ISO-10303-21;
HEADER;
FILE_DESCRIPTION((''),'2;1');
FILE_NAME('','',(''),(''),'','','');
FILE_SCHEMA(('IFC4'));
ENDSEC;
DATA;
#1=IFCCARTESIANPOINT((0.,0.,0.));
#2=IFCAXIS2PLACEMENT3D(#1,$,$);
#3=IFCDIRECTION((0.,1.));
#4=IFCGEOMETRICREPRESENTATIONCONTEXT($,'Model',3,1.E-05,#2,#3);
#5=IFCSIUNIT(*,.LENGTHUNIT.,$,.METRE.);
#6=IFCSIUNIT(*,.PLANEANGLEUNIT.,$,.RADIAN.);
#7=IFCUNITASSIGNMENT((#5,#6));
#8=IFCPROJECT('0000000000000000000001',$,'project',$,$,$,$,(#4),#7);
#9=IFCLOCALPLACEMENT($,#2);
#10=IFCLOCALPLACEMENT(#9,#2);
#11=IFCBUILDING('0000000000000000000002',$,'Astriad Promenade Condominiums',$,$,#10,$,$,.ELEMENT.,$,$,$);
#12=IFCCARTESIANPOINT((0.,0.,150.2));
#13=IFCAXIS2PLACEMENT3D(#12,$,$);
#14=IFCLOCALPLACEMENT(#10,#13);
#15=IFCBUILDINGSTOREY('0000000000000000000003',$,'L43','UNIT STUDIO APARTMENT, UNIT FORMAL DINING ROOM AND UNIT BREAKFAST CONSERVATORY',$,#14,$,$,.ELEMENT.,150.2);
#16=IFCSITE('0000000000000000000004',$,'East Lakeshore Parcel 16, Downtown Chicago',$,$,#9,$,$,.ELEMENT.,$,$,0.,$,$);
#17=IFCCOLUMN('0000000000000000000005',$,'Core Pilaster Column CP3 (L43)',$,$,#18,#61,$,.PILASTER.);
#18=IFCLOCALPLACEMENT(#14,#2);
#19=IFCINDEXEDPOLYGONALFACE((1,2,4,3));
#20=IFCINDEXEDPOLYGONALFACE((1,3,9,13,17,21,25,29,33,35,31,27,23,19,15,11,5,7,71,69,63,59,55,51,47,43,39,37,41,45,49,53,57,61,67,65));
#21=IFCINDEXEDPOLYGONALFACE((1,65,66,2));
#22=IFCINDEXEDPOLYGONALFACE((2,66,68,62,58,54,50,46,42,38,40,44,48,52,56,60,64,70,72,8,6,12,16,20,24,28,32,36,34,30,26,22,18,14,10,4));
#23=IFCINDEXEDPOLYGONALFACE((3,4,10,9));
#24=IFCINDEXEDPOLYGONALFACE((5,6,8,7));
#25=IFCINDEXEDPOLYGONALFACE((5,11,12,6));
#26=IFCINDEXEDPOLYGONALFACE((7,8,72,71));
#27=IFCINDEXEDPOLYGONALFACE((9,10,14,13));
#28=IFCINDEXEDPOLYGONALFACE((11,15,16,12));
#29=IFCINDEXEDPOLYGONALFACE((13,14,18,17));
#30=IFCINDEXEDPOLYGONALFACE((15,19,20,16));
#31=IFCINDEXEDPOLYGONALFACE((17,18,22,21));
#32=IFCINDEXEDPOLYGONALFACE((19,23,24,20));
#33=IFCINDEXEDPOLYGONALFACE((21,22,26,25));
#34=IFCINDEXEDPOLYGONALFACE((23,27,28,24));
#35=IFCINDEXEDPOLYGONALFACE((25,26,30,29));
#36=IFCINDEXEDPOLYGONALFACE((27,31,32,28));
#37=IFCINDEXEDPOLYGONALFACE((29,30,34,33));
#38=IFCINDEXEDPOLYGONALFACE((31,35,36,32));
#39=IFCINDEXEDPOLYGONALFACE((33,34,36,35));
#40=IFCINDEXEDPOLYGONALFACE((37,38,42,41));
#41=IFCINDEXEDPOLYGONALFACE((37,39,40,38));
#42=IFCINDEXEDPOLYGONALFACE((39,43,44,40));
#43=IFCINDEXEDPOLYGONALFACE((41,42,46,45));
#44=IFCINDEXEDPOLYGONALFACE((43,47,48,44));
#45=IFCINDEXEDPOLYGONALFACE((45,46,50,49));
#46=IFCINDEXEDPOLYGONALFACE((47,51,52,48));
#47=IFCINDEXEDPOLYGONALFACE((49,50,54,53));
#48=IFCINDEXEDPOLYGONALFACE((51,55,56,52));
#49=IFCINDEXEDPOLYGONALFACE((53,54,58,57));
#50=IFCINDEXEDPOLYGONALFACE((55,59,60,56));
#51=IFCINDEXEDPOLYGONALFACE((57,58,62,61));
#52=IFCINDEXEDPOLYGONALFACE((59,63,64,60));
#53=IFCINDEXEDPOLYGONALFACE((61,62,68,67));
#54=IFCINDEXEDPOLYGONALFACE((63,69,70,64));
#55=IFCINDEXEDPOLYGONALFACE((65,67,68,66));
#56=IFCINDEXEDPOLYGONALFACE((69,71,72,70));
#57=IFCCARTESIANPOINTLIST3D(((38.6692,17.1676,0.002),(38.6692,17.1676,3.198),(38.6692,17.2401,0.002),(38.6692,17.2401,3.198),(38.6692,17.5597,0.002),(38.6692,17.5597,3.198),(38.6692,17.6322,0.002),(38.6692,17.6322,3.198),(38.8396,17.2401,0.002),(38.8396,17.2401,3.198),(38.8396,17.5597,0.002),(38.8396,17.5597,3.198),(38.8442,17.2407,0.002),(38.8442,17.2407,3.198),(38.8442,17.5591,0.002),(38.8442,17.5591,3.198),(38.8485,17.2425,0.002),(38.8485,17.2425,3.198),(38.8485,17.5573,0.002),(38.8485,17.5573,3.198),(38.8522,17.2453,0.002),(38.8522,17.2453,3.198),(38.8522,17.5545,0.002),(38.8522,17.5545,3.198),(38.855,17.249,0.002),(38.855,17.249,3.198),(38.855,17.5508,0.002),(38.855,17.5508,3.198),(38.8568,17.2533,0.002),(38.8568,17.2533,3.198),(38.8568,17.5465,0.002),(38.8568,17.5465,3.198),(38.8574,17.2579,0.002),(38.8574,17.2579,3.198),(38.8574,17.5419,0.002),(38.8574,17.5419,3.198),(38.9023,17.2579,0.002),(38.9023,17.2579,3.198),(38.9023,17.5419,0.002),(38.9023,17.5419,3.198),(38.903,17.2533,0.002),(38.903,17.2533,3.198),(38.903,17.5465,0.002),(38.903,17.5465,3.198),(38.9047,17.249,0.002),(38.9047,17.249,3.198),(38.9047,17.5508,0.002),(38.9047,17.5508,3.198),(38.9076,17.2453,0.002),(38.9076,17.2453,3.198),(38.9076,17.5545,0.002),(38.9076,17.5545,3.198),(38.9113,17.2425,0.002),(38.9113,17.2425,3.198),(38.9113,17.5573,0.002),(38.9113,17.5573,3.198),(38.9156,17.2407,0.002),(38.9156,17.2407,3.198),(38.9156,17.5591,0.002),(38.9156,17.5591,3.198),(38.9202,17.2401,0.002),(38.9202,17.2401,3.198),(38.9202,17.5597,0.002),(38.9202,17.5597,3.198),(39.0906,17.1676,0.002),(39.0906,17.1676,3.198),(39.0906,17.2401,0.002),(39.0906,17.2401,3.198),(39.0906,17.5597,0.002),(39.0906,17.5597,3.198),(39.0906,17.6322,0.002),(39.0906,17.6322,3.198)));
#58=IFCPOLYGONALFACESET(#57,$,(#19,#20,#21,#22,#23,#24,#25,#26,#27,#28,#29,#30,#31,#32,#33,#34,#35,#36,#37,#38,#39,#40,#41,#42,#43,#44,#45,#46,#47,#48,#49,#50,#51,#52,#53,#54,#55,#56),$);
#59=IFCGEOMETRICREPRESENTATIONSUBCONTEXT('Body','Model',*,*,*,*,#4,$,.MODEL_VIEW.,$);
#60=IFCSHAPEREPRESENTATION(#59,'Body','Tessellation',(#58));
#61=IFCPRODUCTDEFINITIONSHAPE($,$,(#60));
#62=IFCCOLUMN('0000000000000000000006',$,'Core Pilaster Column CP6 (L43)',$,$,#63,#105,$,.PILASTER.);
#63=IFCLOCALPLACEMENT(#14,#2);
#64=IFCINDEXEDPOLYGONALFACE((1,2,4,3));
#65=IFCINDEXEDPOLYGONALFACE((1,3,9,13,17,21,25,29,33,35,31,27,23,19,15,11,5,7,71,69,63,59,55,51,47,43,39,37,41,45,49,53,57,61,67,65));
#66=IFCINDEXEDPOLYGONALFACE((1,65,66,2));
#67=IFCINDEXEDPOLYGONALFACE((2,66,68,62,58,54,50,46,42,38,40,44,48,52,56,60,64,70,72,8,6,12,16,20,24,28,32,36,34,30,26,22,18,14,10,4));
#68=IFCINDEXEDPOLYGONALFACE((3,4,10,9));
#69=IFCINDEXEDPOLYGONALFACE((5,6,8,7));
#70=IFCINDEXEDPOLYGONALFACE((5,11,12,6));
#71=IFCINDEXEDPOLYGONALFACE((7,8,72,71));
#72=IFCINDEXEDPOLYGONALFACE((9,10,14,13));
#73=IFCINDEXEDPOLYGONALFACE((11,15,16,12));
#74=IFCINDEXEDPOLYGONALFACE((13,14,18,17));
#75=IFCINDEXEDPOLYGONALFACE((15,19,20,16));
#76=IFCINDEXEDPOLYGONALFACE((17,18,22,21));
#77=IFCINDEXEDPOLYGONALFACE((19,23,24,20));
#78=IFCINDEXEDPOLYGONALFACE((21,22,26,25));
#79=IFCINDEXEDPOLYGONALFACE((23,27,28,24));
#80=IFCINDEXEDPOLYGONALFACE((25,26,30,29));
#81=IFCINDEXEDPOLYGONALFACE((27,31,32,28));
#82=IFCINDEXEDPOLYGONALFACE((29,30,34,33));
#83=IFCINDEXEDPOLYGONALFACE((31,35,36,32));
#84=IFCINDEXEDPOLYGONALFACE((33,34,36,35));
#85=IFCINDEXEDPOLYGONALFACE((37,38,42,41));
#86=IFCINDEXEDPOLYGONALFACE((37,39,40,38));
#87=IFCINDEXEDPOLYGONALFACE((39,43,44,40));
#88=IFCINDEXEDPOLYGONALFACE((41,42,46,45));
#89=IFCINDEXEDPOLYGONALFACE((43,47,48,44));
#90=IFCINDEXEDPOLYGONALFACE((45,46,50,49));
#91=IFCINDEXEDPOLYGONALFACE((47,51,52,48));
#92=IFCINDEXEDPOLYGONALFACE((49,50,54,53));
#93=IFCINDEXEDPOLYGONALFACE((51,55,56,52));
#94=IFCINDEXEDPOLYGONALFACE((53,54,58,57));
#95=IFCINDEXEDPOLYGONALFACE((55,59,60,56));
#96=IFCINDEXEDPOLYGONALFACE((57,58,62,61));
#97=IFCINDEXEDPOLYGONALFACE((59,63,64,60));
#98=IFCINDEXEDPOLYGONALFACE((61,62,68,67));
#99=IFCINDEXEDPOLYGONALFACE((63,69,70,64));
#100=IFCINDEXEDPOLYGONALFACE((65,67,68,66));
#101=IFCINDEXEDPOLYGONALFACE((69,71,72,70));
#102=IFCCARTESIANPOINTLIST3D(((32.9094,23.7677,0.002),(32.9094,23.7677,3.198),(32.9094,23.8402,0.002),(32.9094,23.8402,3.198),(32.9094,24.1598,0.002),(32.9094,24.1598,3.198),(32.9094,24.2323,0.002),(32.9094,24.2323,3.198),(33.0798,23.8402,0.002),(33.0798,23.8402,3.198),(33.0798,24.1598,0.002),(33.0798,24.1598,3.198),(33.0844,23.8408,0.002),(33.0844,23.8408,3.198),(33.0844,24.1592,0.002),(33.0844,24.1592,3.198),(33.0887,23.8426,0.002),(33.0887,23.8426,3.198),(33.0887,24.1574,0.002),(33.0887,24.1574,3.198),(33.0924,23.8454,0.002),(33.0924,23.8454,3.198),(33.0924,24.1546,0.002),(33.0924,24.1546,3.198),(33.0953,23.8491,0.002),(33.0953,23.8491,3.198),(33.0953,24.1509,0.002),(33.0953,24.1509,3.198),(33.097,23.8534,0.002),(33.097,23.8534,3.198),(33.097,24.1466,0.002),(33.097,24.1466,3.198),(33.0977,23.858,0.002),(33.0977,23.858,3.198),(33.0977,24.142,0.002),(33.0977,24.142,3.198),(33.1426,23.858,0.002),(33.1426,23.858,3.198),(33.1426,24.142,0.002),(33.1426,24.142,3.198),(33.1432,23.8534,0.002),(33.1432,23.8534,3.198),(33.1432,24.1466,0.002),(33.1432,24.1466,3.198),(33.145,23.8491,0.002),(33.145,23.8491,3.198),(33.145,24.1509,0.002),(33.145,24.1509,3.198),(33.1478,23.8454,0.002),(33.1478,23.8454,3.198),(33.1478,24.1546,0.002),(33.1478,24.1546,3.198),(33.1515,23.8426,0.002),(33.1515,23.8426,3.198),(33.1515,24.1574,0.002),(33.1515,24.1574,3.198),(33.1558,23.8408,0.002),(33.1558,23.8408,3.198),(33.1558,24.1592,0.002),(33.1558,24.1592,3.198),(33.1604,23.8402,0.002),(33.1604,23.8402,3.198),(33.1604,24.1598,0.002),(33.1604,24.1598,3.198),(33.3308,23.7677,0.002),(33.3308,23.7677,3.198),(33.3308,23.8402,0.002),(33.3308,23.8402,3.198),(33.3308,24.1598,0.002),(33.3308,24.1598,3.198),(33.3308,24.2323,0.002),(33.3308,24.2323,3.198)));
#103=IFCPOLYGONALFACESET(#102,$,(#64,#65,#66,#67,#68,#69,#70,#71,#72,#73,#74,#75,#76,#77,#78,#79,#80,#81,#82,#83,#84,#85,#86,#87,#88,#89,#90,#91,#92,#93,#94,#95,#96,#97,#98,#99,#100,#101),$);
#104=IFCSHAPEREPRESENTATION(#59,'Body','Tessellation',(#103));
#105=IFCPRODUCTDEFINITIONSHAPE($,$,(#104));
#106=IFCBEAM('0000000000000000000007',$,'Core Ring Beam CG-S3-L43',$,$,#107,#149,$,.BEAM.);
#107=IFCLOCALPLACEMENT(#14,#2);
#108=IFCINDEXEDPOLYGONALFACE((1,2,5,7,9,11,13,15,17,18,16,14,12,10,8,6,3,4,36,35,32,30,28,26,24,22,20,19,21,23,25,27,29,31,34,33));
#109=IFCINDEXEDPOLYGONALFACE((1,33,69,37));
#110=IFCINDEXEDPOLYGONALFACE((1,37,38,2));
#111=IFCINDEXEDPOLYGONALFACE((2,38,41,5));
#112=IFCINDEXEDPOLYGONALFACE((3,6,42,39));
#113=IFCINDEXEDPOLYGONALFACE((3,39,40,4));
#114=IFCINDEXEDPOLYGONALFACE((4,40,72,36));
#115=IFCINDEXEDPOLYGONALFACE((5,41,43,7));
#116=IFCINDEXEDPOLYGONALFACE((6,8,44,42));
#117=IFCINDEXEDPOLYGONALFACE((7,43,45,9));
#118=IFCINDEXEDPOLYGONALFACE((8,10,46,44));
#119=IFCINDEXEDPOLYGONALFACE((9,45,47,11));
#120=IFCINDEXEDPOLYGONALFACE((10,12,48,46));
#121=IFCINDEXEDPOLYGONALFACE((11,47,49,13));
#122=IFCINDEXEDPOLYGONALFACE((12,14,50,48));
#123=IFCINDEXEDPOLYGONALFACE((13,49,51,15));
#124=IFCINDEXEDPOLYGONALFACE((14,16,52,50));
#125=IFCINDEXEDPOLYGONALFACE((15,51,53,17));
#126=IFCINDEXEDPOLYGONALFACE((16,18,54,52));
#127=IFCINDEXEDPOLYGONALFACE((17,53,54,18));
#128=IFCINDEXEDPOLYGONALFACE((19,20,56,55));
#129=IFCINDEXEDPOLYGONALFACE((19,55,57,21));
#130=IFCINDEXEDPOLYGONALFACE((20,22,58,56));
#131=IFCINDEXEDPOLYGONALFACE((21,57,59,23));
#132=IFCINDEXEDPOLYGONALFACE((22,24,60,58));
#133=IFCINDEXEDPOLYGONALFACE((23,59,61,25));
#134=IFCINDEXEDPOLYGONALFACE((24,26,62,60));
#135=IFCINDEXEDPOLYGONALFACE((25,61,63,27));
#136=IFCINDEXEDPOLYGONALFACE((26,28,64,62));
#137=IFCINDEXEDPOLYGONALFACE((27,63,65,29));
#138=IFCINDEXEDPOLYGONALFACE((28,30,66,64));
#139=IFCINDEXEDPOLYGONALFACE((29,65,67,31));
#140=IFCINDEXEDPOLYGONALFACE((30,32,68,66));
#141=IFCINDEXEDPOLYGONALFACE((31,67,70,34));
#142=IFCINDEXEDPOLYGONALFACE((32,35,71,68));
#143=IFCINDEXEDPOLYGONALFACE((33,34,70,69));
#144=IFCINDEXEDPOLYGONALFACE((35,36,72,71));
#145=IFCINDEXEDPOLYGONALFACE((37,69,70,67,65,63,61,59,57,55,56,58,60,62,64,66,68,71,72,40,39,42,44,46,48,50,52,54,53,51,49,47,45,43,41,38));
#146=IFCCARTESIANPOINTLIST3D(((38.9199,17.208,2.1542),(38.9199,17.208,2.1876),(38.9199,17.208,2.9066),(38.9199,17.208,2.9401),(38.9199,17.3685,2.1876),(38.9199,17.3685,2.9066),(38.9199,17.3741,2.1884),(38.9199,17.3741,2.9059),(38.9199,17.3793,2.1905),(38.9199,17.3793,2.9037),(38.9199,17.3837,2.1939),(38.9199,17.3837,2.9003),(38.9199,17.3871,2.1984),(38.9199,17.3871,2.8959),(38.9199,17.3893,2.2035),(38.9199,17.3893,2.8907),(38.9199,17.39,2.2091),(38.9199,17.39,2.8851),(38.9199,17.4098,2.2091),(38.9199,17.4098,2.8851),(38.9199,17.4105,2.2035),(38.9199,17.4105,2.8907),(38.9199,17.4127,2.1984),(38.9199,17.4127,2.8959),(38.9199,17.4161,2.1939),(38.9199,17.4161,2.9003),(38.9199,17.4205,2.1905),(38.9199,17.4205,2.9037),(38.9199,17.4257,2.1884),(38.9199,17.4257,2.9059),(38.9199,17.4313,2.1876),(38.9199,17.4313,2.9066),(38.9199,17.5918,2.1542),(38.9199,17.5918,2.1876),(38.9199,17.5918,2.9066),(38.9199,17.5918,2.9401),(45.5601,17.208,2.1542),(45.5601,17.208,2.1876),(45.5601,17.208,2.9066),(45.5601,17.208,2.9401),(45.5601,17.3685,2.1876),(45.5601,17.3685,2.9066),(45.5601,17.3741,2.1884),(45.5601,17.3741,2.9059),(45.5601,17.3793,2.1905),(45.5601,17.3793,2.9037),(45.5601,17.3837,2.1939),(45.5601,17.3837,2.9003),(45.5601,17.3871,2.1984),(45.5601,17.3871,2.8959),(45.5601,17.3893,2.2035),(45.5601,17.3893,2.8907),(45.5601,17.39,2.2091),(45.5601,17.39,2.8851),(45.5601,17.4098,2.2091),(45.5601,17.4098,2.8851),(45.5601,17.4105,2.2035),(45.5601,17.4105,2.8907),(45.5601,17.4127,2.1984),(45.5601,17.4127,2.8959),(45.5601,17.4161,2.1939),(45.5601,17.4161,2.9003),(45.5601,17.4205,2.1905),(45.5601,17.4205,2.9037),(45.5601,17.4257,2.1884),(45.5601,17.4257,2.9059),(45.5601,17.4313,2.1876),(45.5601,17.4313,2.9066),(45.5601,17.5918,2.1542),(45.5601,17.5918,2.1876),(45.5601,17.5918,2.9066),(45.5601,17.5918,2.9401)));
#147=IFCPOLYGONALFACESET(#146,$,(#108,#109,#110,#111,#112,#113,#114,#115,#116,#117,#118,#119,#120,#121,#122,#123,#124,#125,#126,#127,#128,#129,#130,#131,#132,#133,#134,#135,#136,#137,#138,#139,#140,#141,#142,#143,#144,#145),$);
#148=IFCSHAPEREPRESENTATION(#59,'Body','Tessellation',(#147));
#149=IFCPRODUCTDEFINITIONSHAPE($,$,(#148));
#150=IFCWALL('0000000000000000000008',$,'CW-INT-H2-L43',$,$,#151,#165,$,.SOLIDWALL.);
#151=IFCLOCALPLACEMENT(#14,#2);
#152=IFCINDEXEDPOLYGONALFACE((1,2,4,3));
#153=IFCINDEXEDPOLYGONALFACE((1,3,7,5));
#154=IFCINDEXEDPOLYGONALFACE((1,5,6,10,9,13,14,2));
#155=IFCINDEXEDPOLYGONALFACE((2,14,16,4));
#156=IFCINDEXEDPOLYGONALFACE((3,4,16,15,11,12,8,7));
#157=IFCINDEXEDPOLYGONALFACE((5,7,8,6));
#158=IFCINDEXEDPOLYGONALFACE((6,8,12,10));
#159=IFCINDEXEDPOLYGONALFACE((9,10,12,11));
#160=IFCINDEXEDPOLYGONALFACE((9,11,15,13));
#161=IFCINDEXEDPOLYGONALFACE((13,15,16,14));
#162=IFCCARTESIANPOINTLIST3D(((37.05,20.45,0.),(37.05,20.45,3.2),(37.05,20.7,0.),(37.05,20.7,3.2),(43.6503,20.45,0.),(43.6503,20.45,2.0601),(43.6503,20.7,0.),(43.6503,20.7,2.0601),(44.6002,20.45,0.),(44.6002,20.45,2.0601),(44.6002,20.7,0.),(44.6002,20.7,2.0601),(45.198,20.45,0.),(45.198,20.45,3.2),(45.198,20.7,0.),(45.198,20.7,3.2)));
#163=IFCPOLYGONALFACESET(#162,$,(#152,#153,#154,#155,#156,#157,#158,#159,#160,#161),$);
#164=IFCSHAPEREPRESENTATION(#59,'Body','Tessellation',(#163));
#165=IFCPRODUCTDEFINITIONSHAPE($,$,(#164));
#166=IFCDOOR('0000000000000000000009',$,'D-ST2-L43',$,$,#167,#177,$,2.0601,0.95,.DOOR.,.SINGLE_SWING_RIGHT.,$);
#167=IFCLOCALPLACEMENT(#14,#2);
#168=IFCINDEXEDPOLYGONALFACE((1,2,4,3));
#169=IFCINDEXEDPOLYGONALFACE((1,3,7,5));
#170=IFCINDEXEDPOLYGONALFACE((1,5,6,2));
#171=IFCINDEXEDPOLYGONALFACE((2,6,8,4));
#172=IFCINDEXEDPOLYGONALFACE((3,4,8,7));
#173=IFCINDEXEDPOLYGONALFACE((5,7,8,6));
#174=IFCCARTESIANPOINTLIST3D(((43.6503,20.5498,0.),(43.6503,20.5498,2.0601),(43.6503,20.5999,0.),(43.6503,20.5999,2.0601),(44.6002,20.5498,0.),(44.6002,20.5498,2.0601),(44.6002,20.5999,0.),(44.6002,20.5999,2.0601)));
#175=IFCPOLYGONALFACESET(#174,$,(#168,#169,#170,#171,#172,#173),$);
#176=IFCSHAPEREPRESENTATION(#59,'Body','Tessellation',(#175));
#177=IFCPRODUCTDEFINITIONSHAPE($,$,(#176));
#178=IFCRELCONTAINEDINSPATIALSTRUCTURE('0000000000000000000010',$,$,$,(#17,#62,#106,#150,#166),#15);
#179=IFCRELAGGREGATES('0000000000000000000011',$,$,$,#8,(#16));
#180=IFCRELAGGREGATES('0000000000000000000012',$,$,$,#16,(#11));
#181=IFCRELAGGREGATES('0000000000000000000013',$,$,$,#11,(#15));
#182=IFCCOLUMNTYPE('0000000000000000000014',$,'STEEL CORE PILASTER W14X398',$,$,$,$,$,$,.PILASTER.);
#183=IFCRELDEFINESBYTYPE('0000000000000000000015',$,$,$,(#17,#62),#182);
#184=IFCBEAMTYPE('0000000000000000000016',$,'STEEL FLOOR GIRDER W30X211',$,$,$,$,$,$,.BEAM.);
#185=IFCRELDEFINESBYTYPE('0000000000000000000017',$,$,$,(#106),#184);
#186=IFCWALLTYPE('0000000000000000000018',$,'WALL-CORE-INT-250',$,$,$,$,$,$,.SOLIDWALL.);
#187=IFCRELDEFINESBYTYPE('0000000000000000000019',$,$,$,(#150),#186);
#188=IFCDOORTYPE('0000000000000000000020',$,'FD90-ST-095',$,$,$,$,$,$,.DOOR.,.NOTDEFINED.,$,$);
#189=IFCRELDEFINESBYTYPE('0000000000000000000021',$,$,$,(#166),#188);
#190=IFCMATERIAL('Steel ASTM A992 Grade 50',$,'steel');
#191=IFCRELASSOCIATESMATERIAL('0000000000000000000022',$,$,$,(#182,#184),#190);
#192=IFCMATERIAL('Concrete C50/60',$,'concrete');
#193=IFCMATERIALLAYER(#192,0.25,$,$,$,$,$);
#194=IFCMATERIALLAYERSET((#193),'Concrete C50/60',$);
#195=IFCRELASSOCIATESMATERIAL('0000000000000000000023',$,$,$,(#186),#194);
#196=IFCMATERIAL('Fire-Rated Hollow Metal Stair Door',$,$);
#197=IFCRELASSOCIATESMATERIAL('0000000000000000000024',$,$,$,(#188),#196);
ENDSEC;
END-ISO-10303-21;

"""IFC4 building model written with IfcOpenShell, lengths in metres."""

from ifc_helpers import new_model, si_unit, direction, frame, frame_2d, origin, origin_2d, place, context, subcontext, project, spatial, rectangle, i_section, extrude, source, transform, mapped, material, layer, layer_set, material_profile, profile_set, type_object, type_shapes, element, fill, save


model = new_model("IFC4")

# Units and contexts
model_context = context("Model", 3, precision=1e-05, world=origin(), true_north=direction((0.0, 1.0)))
body_context = subcontext(model_context, "Body", "Model", "MODEL_VIEW")
ifc_project = project(units=[si_unit("LENGTHUNIT", "METRE"), si_unit("PLANEANGLEUNIT", "RADIAN")], contexts=[model_context])

# Site, building, storey
site_placement = place(None, origin())
site = spatial("IfcSite", under=ifc_project, at=site_placement, Name="East Lakeshore Parcel 16, Downtown Chicago", CompositionType="ELEMENT", RefElevation=0.0)
building_placement = place(site_placement, origin())
building = spatial("IfcBuilding", under=site, at=building_placement, Name="Astriad Promenade Condominiums", CompositionType="ELEMENT")
storey_placement = place(building_placement, frame((0.0, 0.0, 150.2)))
storey = spatial("IfcBuildingStorey", under=building, at=storey_placement, Name="L43", Description="UNIT STUDIO APARTMENT, UNIT FORMAL DINING ROOM AND UNIT BREAKFAST CONSERVATORY", CompositionType="ELEMENT", Elevation=150.2)

# Columns
ifc_material_1 = material(Name="Steel ASTM A992 Grade 50", Category="steel")
ifc_material_profile_1 = material_profile(ifc_material_1, i_section(OverallWidth=0.4214, OverallDepth=0.4646, WebThickness=0.0449, FlangeThickness=0.0725, FilletRadius=0.0178, at=origin_2d()), Name="W14X398")
ifc_profile_set_1 = profile_set([ifc_material_profile_1], Name="Steel ASTM A992 Grade 50")
column_type = type_object("IfcColumnType", Name="STEEL CORE PILASTER W14X398", PredefinedType="PILASTER", material=ifc_profile_set_1)
shared_shape_1 = source(origin(), body_context, "Body", "SweptSolid", [
    extrude(i_section(OverallWidth=0.4214, OverallDepth=0.4646, WebThickness=0.0449, FlangeThickness=0.0725, FilletRadius=0.0178, at=origin_2d()), origin(), (0.0, 0.0, 1.0), 3.196),
])
type_shapes(column_type, [shared_shape_1])
for number, where, z_axis, x_axis, name in (
    (1, (38.8799, 17.3999, 0.002), (0.0, 0.0, 1.0), (1.0, 0.0, 0.0), "Core Pilaster Column CP3 (L43)"),
    (2, (33.1201, 24.0, 0.002), (0.0, 0.0, 1.0), (1.0, 0.0, 0.0), "Core Pilaster Column CP6 (L43)"),
):
    element("IfcColumn", number, at=place(storey_placement, frame(where, z_axis=z_axis, x_axis=x_axis)), inside=storey, type_object=column_type, Name=name, PredefinedType="PILASTER", context=body_context, shape_type="MappedRepresentation", body=[
        mapped(shared_shape_1, transform((0.0, 0.0, 0.0), scale=1.0)),
    ])

# Beam
ifc_material_profile_2 = material_profile(ifc_material_1, i_section(OverallWidth=0.3838, OverallDepth=0.7859, WebThickness=0.0198, FlangeThickness=0.0334, FilletRadius=0.0215, at=origin_2d()), Name="W30X211")
ifc_profile_set_2 = profile_set([ifc_material_profile_2], Name="Steel ASTM A992 Grade 50")
beam_type = type_object("IfcBeamType", Name="STEEL FLOOR GIRDER W30X211", PredefinedType="BEAM", material=ifc_profile_set_2)
shared_shape_2 = source(origin(), body_context, "Body", "SweptSolid", [
    extrude(i_section(OverallWidth=0.3838, OverallDepth=0.7859, WebThickness=0.0198, FlangeThickness=0.0334, FilletRadius=0.0215, at=origin_2d()), origin(), (0.0, 0.0, 1.0), 6.6401),
])
type_shapes(beam_type, [shared_shape_2])
beam_placement = place(storey_placement, frame((38.9199, 17.3999, 2.5471), z_axis=(1.0, 0.0, 0.0), x_axis=(0.0, 1.0, 0.0)))
element("IfcBeam", 3, at=beam_placement, inside=storey, type_object=beam_type, Name="Core Ring Beam CG-S3-L43", PredefinedType="BEAM", context=body_context, shape_type="MappedRepresentation", body=[
    mapped(shared_shape_2, transform((0.0, 0.0, 0.0), scale=1.0)),
])

# Wall, opening, door
ifc_material_2 = material(Name="Concrete C50/60", Category="concrete")
ifc_layer_1 = layer(ifc_material_2, 0.25)
ifc_layer_set_1 = layer_set([ifc_layer_1], Name="Concrete C50/60")
wall_type_1 = type_object("IfcWallType", Name="WALL-CORE-INT-250", PredefinedType="SOLIDWALL", material=ifc_layer_set_1)
wall_1_placement = place(storey_placement, frame((37.05, 20.575, 0.0), z_axis=(0.0, 0.0, 1.0), x_axis=(1.0, 0.0, 0.0)))
wall_1 = element("IfcWall", 4, at=wall_1_placement, inside=storey, type_object=wall_type_1, Name="CW-INT-H2-L43", PredefinedType="SOLIDWALL", context=body_context, shape_type="SweptSolid", body=[
    extrude(rectangle(XDim=8.1479, YDim=0.25, at=frame_2d((4.074, 0.0))), origin(), (0.0, 0.0, 1.0), 3.2),
])
opening_1_placement = place(wall_1_placement, frame((6.6001, 0.0, 0.0)))
opening_1 = element("IfcOpeningElement", 5, at=opening_1_placement, cuts=wall_1, PredefinedType="OPENING", context=body_context, shape_type="SweptSolid", body=[
    extrude(rectangle(XDim=0.95, YDim=2.0601, at=frame_2d((0.4751, 1.03))), frame((0.0, 0.135, 0.0), z_axis=(0.0, -1.0, 0.0), x_axis=(1.0, 0.0, 0.0)), (0.0, 0.0, 1.0), 0.27),
])
ifc_material_3 = material(Name="Fire-Rated Hollow Metal Stair Door")
door_type_1 = type_object("IfcDoorType", Name="FD90-ST-095", OperationType="NOTDEFINED", PredefinedType="DOOR", material=ifc_material_3)
shared_shape_3 = source(origin(), body_context, "Body", "SweptSolid", [
    extrude(rectangle(XDim=0.95, YDim=2.0601, at=frame_2d((0.4751, 1.03))), frame((0.0, 0.0249, 0.0), z_axis=(0.0, -1.0, 0.0), x_axis=(1.0, 0.0, 0.0)), (0.0, 0.0, 1.0), 0.05),
])
type_shapes(door_type_1, [shared_shape_3])
door_1_placement = place(opening_1_placement, origin())
door_1 = element("IfcDoor", 6, at=door_1_placement, inside=storey, type_object=door_type_1, Name="D-ST2-L43", OperationType="SINGLE_SWING_RIGHT", OverallHeight=2.0601, OverallWidth=0.95, PredefinedType="DOOR", context=body_context, shape_type="MappedRepresentation", body=[
    mapped(shared_shape_3, transform((0.0, 0.0, 0.0), scale=1.0)),
])
fill(opening_1, door_1)

save(model, "model.ifc")
